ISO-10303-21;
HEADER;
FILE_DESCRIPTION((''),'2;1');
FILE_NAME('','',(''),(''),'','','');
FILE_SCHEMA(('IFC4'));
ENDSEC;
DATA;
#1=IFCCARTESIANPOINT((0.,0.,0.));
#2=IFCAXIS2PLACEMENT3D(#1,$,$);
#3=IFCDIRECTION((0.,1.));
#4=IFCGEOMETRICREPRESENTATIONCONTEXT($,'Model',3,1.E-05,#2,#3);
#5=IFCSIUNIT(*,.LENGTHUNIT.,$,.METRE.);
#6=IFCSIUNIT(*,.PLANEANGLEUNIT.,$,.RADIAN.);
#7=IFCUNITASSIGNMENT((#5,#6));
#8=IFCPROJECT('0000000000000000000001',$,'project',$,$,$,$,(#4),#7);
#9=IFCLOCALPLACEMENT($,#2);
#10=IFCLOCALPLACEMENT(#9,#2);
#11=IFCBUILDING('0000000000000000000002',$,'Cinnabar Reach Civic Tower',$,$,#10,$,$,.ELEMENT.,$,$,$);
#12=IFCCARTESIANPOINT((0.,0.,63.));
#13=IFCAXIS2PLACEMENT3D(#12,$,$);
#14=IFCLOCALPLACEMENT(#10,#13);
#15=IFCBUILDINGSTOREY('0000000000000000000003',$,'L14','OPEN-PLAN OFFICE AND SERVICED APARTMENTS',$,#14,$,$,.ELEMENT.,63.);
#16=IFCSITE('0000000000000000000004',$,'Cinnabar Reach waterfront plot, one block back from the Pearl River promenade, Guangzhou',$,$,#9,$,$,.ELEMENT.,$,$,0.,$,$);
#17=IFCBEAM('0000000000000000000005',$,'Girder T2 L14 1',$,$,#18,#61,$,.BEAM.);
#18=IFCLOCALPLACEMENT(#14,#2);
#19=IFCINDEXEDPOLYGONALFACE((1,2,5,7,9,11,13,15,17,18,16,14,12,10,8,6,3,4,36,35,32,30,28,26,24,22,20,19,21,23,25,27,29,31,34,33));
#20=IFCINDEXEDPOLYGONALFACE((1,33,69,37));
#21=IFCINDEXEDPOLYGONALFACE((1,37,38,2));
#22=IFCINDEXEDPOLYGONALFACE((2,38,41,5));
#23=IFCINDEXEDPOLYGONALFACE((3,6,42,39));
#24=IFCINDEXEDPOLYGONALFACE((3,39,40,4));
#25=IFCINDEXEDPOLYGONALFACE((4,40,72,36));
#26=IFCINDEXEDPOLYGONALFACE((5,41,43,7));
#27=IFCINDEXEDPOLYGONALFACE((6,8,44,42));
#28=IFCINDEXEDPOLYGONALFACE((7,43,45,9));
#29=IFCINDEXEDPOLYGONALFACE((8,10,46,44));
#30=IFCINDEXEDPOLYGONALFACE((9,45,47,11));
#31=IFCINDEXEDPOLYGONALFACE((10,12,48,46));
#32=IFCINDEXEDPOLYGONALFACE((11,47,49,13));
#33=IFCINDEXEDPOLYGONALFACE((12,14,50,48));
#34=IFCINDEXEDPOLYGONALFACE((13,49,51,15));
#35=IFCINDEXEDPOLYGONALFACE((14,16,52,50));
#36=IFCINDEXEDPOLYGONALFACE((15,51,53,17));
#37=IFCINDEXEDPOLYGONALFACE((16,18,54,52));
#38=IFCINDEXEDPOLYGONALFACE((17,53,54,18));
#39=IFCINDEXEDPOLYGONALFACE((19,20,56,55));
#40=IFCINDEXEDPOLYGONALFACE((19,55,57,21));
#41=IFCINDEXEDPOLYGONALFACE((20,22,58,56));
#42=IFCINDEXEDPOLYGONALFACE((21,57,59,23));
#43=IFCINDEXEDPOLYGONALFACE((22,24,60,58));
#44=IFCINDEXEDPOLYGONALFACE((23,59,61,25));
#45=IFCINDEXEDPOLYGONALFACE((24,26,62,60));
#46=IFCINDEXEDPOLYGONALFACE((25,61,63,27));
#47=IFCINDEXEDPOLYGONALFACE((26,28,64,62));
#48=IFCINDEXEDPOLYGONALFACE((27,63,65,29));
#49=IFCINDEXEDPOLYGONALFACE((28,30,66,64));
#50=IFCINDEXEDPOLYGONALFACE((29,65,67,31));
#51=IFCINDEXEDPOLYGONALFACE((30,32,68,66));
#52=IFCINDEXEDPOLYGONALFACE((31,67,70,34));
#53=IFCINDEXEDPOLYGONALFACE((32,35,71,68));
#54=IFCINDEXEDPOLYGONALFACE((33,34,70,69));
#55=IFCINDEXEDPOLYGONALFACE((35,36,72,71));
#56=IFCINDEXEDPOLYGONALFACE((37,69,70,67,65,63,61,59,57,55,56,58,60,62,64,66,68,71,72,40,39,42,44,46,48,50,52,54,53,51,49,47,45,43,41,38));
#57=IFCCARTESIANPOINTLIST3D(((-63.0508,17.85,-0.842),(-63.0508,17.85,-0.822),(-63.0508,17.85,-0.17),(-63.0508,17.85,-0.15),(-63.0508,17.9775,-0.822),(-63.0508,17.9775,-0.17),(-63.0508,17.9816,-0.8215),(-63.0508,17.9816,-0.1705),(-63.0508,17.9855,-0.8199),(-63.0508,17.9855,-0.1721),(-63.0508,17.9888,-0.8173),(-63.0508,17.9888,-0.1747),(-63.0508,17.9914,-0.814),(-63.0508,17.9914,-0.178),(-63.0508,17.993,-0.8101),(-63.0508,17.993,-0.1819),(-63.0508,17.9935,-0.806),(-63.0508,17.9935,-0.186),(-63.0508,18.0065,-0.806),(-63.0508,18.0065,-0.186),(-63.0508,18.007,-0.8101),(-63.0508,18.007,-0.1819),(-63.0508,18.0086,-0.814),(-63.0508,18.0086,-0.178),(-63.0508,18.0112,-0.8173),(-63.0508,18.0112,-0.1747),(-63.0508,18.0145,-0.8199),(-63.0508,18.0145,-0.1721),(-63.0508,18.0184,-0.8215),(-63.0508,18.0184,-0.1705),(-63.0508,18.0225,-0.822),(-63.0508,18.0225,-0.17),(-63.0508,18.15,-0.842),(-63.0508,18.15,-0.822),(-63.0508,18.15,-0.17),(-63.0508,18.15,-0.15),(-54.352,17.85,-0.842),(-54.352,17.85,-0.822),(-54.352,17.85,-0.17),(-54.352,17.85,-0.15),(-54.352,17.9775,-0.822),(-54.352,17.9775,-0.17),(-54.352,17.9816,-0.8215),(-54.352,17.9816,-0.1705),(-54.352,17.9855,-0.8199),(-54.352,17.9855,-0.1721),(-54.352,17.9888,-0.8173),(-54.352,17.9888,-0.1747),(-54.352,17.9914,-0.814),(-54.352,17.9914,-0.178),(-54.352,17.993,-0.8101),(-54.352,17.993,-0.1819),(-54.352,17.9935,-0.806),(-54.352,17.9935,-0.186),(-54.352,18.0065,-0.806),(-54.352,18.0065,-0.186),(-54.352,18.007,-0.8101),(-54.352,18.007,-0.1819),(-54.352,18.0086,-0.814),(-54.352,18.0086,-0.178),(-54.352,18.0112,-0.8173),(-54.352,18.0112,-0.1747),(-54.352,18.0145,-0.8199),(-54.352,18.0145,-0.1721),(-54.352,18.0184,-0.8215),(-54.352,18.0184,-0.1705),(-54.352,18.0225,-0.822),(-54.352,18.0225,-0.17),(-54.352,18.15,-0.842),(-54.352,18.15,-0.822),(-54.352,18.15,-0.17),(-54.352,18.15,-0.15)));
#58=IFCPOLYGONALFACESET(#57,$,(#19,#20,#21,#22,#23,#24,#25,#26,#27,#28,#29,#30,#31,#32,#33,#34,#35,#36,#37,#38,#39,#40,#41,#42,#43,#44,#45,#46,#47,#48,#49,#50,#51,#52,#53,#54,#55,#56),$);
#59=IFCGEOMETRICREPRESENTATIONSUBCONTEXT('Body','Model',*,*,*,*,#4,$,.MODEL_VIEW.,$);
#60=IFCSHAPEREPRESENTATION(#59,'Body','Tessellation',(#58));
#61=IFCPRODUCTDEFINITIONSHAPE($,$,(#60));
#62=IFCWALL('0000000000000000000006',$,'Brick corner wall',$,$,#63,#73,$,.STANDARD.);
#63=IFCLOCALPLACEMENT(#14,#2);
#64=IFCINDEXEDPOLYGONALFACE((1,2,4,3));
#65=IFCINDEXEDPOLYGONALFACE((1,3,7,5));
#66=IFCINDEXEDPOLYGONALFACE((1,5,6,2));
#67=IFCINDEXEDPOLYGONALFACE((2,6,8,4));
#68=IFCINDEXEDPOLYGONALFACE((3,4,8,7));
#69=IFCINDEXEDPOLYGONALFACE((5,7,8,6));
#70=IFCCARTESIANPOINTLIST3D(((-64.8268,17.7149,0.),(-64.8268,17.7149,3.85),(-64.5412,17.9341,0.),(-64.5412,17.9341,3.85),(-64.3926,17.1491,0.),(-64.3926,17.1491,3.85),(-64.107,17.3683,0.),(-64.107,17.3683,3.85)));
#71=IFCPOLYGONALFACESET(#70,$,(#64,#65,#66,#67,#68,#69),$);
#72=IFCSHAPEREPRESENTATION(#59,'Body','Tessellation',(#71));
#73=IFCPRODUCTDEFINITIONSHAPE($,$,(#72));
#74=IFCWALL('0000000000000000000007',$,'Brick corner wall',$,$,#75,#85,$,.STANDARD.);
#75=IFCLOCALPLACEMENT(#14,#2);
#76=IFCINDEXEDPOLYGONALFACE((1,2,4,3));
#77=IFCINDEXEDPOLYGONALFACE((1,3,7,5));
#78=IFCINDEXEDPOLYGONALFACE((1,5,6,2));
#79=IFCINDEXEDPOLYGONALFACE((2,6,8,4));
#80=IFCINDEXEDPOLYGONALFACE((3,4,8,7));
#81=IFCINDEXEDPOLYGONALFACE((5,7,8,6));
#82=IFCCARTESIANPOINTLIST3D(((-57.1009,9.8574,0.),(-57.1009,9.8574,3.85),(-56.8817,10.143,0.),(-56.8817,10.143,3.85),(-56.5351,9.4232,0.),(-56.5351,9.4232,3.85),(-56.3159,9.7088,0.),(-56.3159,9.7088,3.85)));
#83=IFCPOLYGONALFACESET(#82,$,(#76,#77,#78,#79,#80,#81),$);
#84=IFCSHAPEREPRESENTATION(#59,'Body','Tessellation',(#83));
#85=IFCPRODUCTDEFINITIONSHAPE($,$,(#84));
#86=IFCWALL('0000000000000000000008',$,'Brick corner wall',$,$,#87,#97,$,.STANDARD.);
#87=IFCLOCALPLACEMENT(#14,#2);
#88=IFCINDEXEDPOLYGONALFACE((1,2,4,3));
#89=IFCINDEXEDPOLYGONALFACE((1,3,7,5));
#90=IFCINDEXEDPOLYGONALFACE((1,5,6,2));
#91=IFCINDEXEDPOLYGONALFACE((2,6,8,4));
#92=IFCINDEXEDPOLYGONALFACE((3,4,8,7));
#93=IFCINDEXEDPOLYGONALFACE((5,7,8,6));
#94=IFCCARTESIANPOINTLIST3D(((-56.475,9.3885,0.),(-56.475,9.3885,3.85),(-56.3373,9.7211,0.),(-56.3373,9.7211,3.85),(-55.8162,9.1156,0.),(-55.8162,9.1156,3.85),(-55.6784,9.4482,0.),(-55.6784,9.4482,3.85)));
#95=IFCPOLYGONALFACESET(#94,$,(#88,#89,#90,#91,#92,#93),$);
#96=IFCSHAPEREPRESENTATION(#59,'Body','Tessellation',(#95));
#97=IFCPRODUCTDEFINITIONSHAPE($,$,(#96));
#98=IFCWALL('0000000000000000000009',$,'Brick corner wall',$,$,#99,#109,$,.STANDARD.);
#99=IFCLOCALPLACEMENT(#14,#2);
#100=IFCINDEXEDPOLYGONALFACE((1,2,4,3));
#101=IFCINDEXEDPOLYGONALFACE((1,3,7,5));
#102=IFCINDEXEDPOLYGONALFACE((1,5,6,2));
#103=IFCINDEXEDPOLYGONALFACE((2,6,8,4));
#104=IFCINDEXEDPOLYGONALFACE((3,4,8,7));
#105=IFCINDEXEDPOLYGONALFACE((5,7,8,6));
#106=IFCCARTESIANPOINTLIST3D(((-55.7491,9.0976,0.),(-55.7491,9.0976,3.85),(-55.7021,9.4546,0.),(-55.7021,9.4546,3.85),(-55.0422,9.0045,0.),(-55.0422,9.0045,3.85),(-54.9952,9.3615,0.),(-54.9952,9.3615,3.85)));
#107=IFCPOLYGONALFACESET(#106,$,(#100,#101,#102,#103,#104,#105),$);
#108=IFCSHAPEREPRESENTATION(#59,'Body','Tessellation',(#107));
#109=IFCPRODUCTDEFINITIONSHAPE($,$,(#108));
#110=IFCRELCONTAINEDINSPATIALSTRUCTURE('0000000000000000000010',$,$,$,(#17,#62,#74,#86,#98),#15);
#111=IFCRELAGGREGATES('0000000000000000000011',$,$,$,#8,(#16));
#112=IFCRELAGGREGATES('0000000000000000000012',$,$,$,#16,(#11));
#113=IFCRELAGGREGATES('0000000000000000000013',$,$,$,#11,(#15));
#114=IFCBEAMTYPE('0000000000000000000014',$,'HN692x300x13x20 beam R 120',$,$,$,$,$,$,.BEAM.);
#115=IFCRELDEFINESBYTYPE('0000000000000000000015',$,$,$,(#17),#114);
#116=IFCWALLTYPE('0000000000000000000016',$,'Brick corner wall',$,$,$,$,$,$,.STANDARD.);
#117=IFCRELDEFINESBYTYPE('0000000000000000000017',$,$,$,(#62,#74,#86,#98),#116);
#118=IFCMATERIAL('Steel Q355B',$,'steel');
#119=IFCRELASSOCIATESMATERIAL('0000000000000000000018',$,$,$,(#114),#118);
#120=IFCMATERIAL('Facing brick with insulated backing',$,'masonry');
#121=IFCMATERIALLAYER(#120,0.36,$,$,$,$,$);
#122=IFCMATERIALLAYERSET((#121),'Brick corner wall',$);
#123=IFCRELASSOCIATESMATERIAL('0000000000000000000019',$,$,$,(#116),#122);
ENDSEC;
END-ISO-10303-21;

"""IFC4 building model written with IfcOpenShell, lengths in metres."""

from ifc_helpers import new_model, si_unit, direction, frame, frame_2d, origin, origin_2d, place, context, subcontext, project, spatial, rectangle, i_section, extrude, material, layer, layer_set, material_profile, profile_set, type_object, element, save


model = new_model("IFC4")

# Units and contexts
model_context = context("Model", 3, precision=1e-05, world=origin(), true_north=direction((0.0, 1.0)))
body_context = subcontext(model_context, "Body", "Model", "MODEL_VIEW")
ifc_project = project(units=[si_unit("LENGTHUNIT", "METRE"), si_unit("PLANEANGLEUNIT", "RADIAN")], contexts=[model_context])

# Site, building, storey
site_placement = place(None, origin())
site = spatial("IfcSite", under=ifc_project, at=site_placement, Name="Cinnabar Reach waterfront plot, one block back from the Pearl River promenade, Guangzhou", CompositionType="ELEMENT", RefElevation=0.0)
building_placement = place(site_placement, origin())
building = spatial("IfcBuilding", under=site, at=building_placement, Name="Cinnabar Reach Civic Tower", CompositionType="ELEMENT")
storey_placement = place(building_placement, frame((0.0, 0.0, 63.0)))
storey = spatial("IfcBuildingStorey", under=building, at=storey_placement, Name="L14", Description="OPEN-PLAN OFFICE AND SERVICED APARTMENTS", CompositionType="ELEMENT", Elevation=63.0)

# Beam
ifc_material_1 = material(Name="Steel Q355B", Category="steel")
ifc_material_profile_1 = material_profile(ifc_material_1, i_section(OverallWidth=0.3, OverallDepth=0.692, WebThickness=0.013, FlangeThickness=0.02, FilletRadius=0.016, at=origin_2d()), Name="HN692x300x13x20")
ifc_profile_set_1 = profile_set([ifc_material_profile_1], Name="Steel Q355B")
beam_type_1 = type_object("IfcBeamType", Name="HN692x300x13x20 beam R 120", PredefinedType="BEAM", material=ifc_profile_set_1)
beam_1_placement = place(storey_placement, frame((-63.0508, 18.0, -0.496), z_axis=(1.0, 0.0, 0.0), x_axis=(0.0, 1.0, 0.0)))
element("IfcBeam", 1, at=beam_1_placement, inside=storey, type_object=beam_type_1, Name="Girder T2 L14 1", PredefinedType="BEAM", context=body_context, shape_type="SweptSolid", body=[
    extrude(i_section(OverallWidth=0.3, OverallDepth=0.692, WebThickness=0.013, FlangeThickness=0.02, FilletRadius=0.016, at=origin_2d()), origin(), (0.0, 0.0, 1.0), 8.6988),
])

# Walls
ifc_material_2 = material(Name="Facing brick with insulated backing", Category="masonry")
ifc_layer_1 = layer(ifc_material_2, 0.36)
ifc_layer_set_1 = layer_set([ifc_layer_1], Name="Brick corner wall")
wall_type_1 = type_object("IfcWallType", Name="Brick corner wall", PredefinedType="STANDARD", material=ifc_layer_set_1)
for number, where, z_axis, x_axis, name in (
    (2, (-64.684, 17.8245, 0.0), (0.0, 0.0, 1.0), (0.608802, -0.793322, 0.0), "Brick corner wall"),
    (3, (-56.9913, 10.0002, 0.0), (0.0, 0.0, 1.0), (0.793322, -0.608802, 0.0), "Brick corner wall"),
):
    element("IfcWall", number, at=place(storey_placement, frame(where, z_axis=z_axis, x_axis=x_axis)), inside=storey, type_object=wall_type_1, Name=name, PredefinedType="STANDARD", context=body_context, shape_type="SweptSolid", body=[
        extrude(rectangle(XDim=0.7132, YDim=0.36, at=frame_2d((0.3566, 0.0))), origin(), (0.0, 0.0, 1.0), 3.85),
    ])
for number, where, z_axis, x_axis, name in (
    (4, (-56.4061, 9.5548, 0.0), (0.0, 0.0, 1.0), (0.923872, -0.382703, 0.0), "Brick corner wall"),
    (5, (-55.7256, 9.2761, 0.0), (0.0, 0.0, 1.0), (0.991441, -0.130556, 0.0), "Brick corner wall"),
):
    element("IfcWall", number, at=place(storey_placement, frame(where, z_axis=z_axis, x_axis=x_axis)), inside=storey, type_object=wall_type_1, Name=name, PredefinedType="STANDARD", context=body_context, shape_type="SweptSolid", body=[
        extrude(rectangle(XDim=0.7131, YDim=0.36, at=frame_2d((0.3565, 0.0))), origin(), (0.0, 0.0, 1.0), 3.85),
    ])

save(model, "model.ifc")
